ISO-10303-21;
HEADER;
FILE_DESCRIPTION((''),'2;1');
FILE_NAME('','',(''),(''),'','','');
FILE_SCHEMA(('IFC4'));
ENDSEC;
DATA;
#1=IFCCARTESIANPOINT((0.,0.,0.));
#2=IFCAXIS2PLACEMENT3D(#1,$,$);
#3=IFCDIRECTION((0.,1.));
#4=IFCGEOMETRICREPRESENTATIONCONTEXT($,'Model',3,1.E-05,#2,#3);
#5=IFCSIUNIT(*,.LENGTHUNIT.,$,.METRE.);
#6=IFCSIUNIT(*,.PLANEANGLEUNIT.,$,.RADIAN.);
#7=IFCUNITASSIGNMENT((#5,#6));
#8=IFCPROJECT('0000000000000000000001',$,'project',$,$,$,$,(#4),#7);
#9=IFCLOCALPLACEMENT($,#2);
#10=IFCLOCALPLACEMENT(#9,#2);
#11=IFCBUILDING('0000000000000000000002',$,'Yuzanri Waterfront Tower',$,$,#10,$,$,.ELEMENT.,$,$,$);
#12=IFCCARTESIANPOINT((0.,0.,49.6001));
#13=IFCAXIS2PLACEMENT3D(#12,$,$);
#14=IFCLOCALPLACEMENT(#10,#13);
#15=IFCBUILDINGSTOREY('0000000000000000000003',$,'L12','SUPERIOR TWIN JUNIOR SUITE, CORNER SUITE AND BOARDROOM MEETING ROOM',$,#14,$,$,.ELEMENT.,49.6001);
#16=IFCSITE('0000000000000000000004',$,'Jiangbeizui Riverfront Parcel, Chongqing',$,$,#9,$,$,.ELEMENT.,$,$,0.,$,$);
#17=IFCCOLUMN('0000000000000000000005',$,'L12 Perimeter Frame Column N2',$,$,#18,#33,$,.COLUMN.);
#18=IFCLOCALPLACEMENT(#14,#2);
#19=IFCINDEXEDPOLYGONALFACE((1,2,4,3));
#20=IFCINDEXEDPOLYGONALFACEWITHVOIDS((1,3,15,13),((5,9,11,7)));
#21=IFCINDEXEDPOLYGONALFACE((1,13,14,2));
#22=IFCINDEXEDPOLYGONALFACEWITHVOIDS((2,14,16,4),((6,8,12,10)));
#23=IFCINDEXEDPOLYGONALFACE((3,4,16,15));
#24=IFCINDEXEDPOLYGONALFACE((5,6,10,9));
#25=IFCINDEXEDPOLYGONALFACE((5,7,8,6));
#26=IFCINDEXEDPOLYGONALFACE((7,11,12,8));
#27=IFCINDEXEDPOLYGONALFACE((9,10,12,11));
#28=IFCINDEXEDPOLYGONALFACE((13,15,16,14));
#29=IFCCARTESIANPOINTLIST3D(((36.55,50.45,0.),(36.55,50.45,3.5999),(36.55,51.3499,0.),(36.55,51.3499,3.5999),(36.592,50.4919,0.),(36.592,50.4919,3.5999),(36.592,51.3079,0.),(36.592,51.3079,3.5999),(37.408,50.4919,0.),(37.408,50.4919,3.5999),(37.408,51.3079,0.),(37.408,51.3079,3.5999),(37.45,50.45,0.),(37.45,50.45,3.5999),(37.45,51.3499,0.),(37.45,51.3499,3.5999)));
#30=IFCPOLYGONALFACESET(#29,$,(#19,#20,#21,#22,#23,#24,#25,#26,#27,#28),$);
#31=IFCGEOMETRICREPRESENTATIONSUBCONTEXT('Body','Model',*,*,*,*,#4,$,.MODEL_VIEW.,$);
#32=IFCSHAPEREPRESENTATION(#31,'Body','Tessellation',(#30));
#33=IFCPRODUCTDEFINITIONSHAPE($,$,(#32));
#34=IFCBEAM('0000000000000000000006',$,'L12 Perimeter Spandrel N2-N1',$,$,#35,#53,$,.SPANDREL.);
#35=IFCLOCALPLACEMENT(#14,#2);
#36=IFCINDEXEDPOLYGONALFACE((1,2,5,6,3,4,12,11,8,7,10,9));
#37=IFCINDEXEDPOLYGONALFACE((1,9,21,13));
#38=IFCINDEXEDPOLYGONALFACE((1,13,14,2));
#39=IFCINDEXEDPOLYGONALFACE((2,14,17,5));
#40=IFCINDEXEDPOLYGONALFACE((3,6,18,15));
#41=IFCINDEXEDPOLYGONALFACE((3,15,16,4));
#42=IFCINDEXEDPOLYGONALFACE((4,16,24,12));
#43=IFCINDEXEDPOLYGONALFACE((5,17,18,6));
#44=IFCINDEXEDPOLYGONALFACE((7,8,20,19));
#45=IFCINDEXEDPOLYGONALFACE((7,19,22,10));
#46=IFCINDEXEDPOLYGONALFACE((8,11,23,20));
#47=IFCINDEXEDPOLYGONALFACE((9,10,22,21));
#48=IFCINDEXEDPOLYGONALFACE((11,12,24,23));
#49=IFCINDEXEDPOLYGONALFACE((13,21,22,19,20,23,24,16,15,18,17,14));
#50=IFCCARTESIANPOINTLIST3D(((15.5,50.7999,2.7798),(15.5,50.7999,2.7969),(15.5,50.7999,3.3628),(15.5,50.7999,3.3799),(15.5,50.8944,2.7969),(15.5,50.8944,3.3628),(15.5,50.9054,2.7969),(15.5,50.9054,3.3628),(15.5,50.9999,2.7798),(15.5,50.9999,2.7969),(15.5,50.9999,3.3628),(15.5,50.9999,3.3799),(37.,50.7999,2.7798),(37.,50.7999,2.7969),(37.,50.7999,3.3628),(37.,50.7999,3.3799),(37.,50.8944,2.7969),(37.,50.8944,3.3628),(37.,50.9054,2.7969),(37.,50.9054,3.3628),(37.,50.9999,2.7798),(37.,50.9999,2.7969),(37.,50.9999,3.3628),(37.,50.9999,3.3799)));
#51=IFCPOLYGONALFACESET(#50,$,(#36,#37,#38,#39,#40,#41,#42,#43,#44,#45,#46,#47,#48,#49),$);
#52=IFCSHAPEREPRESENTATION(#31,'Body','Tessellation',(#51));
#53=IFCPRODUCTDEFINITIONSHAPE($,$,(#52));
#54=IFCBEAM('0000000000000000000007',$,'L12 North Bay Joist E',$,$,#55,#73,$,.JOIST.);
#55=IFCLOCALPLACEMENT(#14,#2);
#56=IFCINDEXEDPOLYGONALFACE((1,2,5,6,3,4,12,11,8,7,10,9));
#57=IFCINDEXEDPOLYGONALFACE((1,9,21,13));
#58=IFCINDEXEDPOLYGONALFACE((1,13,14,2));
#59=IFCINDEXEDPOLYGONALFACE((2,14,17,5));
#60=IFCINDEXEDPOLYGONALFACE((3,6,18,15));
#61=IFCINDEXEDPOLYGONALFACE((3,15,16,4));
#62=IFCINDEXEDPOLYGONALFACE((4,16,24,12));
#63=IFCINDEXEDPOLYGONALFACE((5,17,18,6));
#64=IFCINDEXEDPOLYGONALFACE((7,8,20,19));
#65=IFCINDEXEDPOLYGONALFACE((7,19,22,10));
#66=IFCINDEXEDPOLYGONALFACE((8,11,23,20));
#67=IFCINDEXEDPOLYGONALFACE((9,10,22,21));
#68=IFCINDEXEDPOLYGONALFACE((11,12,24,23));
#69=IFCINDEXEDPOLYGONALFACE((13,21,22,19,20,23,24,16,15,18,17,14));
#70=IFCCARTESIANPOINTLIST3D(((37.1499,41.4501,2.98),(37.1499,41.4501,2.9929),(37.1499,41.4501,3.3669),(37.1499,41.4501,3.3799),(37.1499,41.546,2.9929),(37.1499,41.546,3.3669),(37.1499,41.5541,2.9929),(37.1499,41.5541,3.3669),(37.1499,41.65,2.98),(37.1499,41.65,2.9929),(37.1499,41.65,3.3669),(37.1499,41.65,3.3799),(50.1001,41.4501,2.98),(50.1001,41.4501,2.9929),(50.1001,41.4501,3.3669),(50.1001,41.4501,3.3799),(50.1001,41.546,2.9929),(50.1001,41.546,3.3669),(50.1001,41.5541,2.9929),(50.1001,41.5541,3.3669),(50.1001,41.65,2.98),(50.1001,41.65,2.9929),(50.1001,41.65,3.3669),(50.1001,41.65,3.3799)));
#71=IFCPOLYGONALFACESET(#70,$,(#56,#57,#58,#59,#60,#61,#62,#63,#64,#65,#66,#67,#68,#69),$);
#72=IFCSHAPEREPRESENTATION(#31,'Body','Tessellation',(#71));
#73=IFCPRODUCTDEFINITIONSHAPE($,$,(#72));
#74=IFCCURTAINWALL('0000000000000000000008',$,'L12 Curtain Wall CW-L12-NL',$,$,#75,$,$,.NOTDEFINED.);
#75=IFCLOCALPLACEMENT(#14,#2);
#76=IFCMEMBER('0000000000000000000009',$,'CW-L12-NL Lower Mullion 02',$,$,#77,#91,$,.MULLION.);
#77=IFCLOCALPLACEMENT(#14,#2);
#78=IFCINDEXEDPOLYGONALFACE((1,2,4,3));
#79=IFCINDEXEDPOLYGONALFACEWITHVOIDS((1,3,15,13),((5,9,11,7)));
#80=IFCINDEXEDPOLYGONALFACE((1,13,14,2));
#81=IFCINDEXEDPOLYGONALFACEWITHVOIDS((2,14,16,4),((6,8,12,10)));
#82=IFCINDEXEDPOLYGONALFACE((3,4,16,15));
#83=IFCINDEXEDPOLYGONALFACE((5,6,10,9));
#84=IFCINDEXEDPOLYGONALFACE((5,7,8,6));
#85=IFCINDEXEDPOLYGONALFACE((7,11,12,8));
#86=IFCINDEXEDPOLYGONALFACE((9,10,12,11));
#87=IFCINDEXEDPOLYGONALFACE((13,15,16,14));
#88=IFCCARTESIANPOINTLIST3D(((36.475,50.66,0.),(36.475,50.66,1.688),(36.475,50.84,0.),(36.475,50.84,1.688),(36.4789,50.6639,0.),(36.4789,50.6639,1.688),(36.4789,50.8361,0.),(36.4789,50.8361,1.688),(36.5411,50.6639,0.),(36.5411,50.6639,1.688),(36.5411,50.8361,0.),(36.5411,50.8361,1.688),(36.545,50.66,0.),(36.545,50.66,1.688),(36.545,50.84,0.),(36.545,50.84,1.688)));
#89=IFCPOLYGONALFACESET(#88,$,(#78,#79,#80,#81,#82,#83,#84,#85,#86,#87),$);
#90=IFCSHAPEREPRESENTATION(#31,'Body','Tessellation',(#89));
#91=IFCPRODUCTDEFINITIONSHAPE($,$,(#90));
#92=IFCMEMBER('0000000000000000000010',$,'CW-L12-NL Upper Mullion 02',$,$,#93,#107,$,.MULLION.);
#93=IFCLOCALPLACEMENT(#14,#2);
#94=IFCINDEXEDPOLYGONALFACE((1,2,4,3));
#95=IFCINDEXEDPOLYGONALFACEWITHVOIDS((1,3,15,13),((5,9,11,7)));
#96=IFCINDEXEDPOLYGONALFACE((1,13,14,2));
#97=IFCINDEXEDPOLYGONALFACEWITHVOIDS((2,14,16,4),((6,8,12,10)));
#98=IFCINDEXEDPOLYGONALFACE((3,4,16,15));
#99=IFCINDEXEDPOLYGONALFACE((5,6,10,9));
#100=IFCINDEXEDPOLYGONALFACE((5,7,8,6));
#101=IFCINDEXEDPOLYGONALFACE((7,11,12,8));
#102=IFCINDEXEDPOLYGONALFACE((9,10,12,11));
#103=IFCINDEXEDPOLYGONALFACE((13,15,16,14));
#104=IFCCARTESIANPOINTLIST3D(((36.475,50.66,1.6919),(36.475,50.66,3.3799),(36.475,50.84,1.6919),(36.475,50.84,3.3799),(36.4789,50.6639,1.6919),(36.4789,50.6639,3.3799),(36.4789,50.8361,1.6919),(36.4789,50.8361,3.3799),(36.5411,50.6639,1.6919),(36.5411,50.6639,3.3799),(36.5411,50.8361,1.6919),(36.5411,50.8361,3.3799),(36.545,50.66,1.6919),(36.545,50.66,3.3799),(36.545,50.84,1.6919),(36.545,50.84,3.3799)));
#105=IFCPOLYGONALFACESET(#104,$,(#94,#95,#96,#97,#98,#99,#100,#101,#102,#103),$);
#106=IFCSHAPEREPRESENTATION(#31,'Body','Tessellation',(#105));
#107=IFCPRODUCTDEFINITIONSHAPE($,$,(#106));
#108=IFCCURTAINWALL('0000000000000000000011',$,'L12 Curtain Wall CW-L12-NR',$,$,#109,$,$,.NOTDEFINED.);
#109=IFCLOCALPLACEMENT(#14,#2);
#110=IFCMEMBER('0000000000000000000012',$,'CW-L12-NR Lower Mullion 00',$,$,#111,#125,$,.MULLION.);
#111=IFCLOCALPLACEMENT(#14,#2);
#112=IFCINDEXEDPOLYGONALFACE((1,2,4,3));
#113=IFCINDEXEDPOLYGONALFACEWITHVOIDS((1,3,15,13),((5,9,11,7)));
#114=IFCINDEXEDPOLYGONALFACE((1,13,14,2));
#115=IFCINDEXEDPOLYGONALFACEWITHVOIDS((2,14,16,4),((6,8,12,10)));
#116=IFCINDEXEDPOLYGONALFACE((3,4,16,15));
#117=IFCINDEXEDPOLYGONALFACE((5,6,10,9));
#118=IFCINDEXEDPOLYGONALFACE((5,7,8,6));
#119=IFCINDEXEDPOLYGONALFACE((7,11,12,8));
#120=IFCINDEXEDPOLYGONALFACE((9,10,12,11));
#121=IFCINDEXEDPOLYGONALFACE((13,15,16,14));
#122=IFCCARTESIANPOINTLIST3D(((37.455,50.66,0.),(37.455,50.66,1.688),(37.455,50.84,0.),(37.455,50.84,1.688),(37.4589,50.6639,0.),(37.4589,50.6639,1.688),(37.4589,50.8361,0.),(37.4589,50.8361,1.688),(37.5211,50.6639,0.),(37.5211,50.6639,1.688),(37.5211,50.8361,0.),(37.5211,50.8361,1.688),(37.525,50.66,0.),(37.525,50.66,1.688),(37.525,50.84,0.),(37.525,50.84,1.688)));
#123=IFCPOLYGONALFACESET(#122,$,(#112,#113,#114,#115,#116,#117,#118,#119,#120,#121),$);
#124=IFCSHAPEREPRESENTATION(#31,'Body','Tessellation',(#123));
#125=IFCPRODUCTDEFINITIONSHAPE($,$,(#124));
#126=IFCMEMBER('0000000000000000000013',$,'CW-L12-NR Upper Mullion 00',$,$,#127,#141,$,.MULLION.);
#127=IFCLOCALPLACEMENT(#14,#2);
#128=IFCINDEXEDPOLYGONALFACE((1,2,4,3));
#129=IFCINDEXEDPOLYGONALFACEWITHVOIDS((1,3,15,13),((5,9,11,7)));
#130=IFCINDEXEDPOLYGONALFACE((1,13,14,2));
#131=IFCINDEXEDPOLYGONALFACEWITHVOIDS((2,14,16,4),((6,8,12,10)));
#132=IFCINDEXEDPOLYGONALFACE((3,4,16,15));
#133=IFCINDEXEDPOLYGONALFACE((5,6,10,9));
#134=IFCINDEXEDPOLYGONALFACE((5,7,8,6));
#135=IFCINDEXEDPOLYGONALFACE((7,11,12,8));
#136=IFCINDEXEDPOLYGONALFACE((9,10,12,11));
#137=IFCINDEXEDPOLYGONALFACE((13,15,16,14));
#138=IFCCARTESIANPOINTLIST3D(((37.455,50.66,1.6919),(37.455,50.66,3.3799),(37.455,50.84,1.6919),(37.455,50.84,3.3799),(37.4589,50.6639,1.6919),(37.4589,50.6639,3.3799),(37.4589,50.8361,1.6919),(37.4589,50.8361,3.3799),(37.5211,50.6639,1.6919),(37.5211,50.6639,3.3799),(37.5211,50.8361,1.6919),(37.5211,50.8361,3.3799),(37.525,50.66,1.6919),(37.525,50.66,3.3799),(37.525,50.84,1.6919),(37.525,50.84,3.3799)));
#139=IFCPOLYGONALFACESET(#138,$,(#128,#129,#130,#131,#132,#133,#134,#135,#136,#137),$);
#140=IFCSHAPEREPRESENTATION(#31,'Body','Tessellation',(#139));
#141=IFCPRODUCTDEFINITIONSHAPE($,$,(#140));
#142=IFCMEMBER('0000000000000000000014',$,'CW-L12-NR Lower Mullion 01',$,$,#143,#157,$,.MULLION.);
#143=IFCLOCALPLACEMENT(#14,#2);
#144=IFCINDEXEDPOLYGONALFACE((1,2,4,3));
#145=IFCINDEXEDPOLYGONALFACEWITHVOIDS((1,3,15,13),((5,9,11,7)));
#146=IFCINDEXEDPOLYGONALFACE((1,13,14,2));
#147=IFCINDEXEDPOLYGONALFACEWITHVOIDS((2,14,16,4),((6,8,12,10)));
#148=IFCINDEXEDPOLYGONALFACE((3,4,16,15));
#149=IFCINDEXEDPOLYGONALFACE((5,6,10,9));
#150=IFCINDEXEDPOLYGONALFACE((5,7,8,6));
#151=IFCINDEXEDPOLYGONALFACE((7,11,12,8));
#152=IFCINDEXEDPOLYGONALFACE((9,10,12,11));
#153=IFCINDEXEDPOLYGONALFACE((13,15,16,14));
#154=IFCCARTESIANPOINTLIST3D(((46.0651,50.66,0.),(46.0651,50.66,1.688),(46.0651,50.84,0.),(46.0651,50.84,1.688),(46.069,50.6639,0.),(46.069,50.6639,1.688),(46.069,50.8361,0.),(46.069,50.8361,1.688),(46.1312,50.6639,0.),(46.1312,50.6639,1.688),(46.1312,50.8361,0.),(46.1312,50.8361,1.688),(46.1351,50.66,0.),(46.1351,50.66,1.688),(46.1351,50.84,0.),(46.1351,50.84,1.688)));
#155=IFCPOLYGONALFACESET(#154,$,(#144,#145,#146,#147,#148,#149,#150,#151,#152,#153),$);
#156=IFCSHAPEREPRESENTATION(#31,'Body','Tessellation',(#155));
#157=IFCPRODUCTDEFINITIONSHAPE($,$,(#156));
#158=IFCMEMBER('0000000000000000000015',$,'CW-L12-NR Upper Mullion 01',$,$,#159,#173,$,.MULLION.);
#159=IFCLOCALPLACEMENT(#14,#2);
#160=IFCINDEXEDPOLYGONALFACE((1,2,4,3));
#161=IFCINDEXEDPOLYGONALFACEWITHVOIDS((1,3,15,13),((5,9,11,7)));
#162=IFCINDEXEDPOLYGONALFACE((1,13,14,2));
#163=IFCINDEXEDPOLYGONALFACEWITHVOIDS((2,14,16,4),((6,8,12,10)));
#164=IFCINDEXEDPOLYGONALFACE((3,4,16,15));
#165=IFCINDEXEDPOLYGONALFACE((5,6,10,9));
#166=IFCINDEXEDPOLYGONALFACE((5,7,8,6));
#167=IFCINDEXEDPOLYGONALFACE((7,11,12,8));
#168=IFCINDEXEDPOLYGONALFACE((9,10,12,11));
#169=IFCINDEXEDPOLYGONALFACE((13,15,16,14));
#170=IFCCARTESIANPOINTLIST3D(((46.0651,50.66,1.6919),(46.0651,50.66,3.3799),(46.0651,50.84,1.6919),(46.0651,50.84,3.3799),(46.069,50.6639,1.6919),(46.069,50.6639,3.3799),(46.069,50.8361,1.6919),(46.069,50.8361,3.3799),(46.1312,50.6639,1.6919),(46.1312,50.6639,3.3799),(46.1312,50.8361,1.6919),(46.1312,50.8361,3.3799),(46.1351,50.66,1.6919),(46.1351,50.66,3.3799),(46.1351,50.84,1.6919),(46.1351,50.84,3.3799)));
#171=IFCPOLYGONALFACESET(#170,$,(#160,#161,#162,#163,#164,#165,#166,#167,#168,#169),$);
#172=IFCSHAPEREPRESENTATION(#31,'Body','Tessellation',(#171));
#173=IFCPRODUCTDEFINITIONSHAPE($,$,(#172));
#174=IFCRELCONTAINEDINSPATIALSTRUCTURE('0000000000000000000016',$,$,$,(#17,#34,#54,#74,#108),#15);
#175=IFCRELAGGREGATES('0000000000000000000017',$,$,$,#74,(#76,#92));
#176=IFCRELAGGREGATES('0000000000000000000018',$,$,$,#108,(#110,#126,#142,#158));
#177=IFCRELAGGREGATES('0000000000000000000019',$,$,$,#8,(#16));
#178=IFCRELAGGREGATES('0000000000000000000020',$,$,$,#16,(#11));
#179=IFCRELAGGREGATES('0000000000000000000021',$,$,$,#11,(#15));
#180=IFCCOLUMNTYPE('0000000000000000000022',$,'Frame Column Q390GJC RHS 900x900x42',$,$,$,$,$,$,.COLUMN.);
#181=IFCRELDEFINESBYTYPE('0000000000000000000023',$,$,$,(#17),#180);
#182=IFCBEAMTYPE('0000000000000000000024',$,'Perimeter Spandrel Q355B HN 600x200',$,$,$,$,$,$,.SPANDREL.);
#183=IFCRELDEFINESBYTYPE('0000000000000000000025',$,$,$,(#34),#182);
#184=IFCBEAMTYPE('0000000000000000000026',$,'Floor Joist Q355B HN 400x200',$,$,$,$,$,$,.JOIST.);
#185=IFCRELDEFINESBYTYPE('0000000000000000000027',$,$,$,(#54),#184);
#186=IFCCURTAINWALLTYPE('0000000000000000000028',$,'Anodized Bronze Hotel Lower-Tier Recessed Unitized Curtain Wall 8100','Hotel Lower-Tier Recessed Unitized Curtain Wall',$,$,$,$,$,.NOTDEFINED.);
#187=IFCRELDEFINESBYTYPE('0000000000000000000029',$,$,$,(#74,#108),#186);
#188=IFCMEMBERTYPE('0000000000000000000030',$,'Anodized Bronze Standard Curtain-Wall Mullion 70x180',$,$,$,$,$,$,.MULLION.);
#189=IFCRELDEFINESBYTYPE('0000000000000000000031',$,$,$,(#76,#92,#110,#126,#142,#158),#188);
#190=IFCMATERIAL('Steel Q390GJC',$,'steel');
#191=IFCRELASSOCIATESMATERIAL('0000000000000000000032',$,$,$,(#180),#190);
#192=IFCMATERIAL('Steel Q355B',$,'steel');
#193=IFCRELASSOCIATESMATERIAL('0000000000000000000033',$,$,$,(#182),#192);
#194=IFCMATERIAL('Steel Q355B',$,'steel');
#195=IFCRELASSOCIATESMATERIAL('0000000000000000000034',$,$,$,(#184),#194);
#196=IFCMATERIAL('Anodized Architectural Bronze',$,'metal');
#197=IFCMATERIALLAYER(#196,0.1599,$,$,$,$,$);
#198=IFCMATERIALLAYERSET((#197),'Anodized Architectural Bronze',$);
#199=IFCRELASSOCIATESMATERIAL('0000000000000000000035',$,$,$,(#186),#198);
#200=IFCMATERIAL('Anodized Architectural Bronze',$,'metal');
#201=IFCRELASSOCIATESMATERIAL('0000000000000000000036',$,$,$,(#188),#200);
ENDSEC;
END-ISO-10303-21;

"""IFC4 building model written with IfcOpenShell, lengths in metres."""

from ifc_helpers import new_model, si_unit, direction, frame, origin, origin_2d, place, context, subcontext, project, spatial, hollow_rectangle, i_section, extrude, source, transform, mapped, material, layer, layer_set, material_profile, profile_set, type_object, element, aggregate, save


model = new_model("IFC4")

# Units and contexts
model_context = context("Model", 3, precision=1e-05, world=origin(), true_north=direction((0.0, 1.0)))
body_context = subcontext(model_context, "Body", "Model", "MODEL_VIEW")
ifc_project = project(units=[si_unit("LENGTHUNIT", "METRE"), si_unit("PLANEANGLEUNIT", "RADIAN")], contexts=[model_context])

# Site, building, storey
site_placement = place(None, origin())
site = spatial("IfcSite", under=ifc_project, at=site_placement, Name="Jiangbeizui Riverfront Parcel, Chongqing", CompositionType="ELEMENT", RefElevation=0.0)
building_placement = place(site_placement, origin())
building = spatial("IfcBuilding", under=site, at=building_placement, Name="Yuzanri Waterfront Tower", CompositionType="ELEMENT")
storey_placement = place(building_placement, frame((0.0, 0.0, 49.6001)))
storey = spatial("IfcBuildingStorey", under=building, at=storey_placement, Name="L12", Description="SUPERIOR TWIN JUNIOR SUITE, CORNER SUITE AND BOARDROOM MEETING ROOM", CompositionType="ELEMENT", Elevation=49.6001)

# Column
ifc_material_1 = material(Name="Steel Q390GJC", Category="steel")
ifc_material_profile_1 = material_profile(ifc_material_1, hollow_rectangle(XDim=0.8999, YDim=0.8999, WallThickness=0.042, at=origin_2d()), Name="RHS 900x900x42")
ifc_profile_set_1 = profile_set([ifc_material_profile_1], Name="Steel Q390GJC")
column_type = type_object("IfcColumnType", Name="Frame Column Q390GJC RHS 900x900x42", PredefinedType="COLUMN", material=ifc_profile_set_1)
shared_shape_1 = source(origin(), body_context, "Body", "SweptSolid", [
    extrude(hollow_rectangle(XDim=0.8999, YDim=0.8999, WallThickness=0.042, at=origin_2d()), origin(), (0.0, 0.0, 1.0), 3.5999),
])
column_placement = place(storey_placement, frame((37.0, 50.8999, 0.0), z_axis=(0.0, 0.0, 1.0), x_axis=(1.0, 0.0, 0.0)))
element("IfcColumn", 1, at=column_placement, inside=storey, type_object=column_type, Name="L12 Perimeter Frame Column N2", PredefinedType="COLUMN", context=body_context, shape_type="MappedRepresentation", body=[
    mapped(shared_shape_1, transform((0.0, 0.0, 0.0), scale=1.0)),
])

# Beams
ifc_material_2 = material(Name="Steel Q355B", Category="steel")
ifc_material_profile_2 = material_profile(ifc_material_2, i_section(OverallWidth=0.2, OverallDepth=0.6001, WebThickness=0.011, FlangeThickness=0.0171, at=origin_2d()), Name="HN 600x200x11x17")
ifc_profile_set_2 = profile_set([ifc_material_profile_2], Name="Steel Q355B")
beam_type_1 = type_object("IfcBeamType", Name="Perimeter Spandrel Q355B HN 600x200", PredefinedType="SPANDREL", material=ifc_profile_set_2)
shared_shape_2 = source(origin(), body_context, "Body", "SweptSolid", [
    extrude(i_section(OverallWidth=0.2, OverallDepth=0.6001, WebThickness=0.011, FlangeThickness=0.0171, at=origin_2d()), origin(), (0.0, 0.0, 1.0), 21.5),
])
beam_1_placement = place(storey_placement, frame((37.0, 50.8999, 3.0798), z_axis=(-1.0, 0.0, 0.0), x_axis=(0.0, -1.0, 0.0)))
element("IfcBeam", 2, at=beam_1_placement, inside=storey, type_object=beam_type_1, Name="L12 Perimeter Spandrel N2-N1", PredefinedType="SPANDREL", context=body_context, shape_type="MappedRepresentation", body=[
    mapped(shared_shape_2, transform((0.0, 0.0, 0.0), scale=1.0)),
])
ifc_material_3 = material(Name="Steel Q355B", Category="steel")
ifc_material_profile_3 = material_profile(ifc_material_3, i_section(OverallWidth=0.2, OverallDepth=0.3999, WebThickness=0.0081, FlangeThickness=0.0129, at=origin_2d()), Name="HN 400x200x8x13")
ifc_profile_set_3 = profile_set([ifc_material_profile_3], Name="Steel Q355B")
beam_type_2 = type_object("IfcBeamType", Name="Floor Joist Q355B HN 400x200", PredefinedType="JOIST", material=ifc_profile_set_3)
shared_shape_3 = source(origin(), body_context, "Body", "SweptSolid", [
    extrude(i_section(OverallWidth=0.2, OverallDepth=0.3999, WebThickness=0.0081, FlangeThickness=0.0129, at=origin_2d()), origin(), (0.0, 0.0, 1.0), 12.9502),
])
beam_2_placement = place(storey_placement, frame((37.1499, 41.55, 3.1799), z_axis=(1.0, 0.0, 0.0), x_axis=(0.0, 1.0, 0.0)))
element("IfcBeam", 3, at=beam_2_placement, inside=storey, type_object=beam_type_2, Name="L12 North Bay Joist E", PredefinedType="JOIST", context=body_context, shape_type="MappedRepresentation", body=[
    mapped(shared_shape_3, transform((0.0, 0.0, 0.0), scale=1.0)),
])

# Curtain wall, members
ifc_material_4 = material(Name="Anodized Architectural Bronze", Category="metal")
ifc_layer_1 = layer(ifc_material_4, 0.1599)
ifc_layer_set_1 = layer_set([ifc_layer_1], Name="Anodized Architectural Bronze")
curtain_wall_type = type_object("IfcCurtainWallType", Name="Anodized Bronze Hotel Lower-Tier Recessed Unitized Curtain Wall 8100", Description="Hotel Lower-Tier Recessed Unitized Curtain Wall", PredefinedType="NOTDEFINED", material=ifc_layer_set_1)
curtain_wall_1_placement = place(storey_placement, origin())
curtain_wall_1 = element("IfcCurtainWall", 4, at=curtain_wall_1_placement, inside=storey, type_object=curtain_wall_type, Name="L12 Curtain Wall CW-L12-NL", PredefinedType="NOTDEFINED")
ifc_material_5 = material(Name="Anodized Architectural Bronze", Category="metal")
ifc_material_profile_4 = material_profile(ifc_material_5, hollow_rectangle(XDim=0.0701, YDim=0.1799, WallThickness=0.0039, at=origin_2d()), Name="CWM 70x180")
ifc_profile_set_4 = profile_set([ifc_material_profile_4], Name="Anodized Architectural Bronze")
member_type_1 = type_object("IfcMemberType", Name="Anodized Bronze Standard Curtain-Wall Mullion 70x180", PredefinedType="MULLION", material=ifc_profile_set_4)
shared_shape_4 = source(origin(), body_context, "Body", "SweptSolid", [
    extrude(hollow_rectangle(XDim=0.0701, YDim=0.1799, WallThickness=0.0039, at=origin_2d()), origin(), (0.0, 0.0, 1.0), 1.688),
])
member_1_placement = place(storey_placement, frame((36.51, 50.75, 0.0), z_axis=(0.0, 0.0, 1.0), x_axis=(1.0, 0.0, 0.0)))
member_1 = element("IfcMember", 5, at=member_1_placement, type_object=member_type_1, Name="CW-L12-NL Lower Mullion 02", PredefinedType="MULLION", context=body_context, shape_type="MappedRepresentation", body=[
    mapped(shared_shape_4, transform((0.0, 0.0, 0.0), scale=1.0)),
])
member_2_placement = place(storey_placement, frame((36.51, 50.75, 1.6919), z_axis=(0.0, 0.0, 1.0), x_axis=(1.0, 0.0, 0.0)))
member_2 = element("IfcMember", 6, at=member_2_placement, type_object=member_type_1, Name="CW-L12-NL Upper Mullion 02", PredefinedType="MULLION", context=body_context, shape_type="MappedRepresentation", body=[
    mapped(shared_shape_4, transform((0.0, 0.0, 0.0), scale=1.0)),
])
aggregate(curtain_wall_1, [member_1, member_2])

# Curtain wall, members
curtain_wall_2_placement = place(storey_placement, origin())
curtain_wall_2 = element("IfcCurtainWall", 7, at=curtain_wall_2_placement, inside=storey, type_object=curtain_wall_type, Name="L12 Curtain Wall CW-L12-NR", PredefinedType="NOTDEFINED")
member_3_placement = place(storey_placement, frame((37.49, 50.75, 0.0), z_axis=(0.0, 0.0, 1.0), x_axis=(1.0, 0.0, 0.0)))
member_3 = element("IfcMember", 8, at=member_3_placement, type_object=member_type_1, Name="CW-L12-NR Lower Mullion 00", PredefinedType="MULLION", context=body_context, shape_type="MappedRepresentation", body=[
    mapped(shared_shape_4, transform((0.0, 0.0, 0.0), scale=1.0)),
])
member_4_placement = place(storey_placement, frame((37.49, 50.75, 1.6919), z_axis=(0.0, 0.0, 1.0), x_axis=(1.0, 0.0, 0.0)))
member_4 = element("IfcMember", 9, at=member_4_placement, type_object=member_type_1, Name="CW-L12-NR Upper Mullion 00", PredefinedType="MULLION", context=body_context, shape_type="MappedRepresentation", body=[
    mapped(shared_shape_4, transform((0.0, 0.0, 0.0), scale=1.0)),
])
member_5_placement = place(storey_placement, frame((46.1001, 50.75, 0.0), z_axis=(0.0, 0.0, 1.0), x_axis=(1.0, 0.0, 0.0)))
member_5 = element("IfcMember", 10, at=member_5_placement, type_object=member_type_1, Name="CW-L12-NR Lower Mullion 01", PredefinedType="MULLION", context=body_context, shape_type="MappedRepresentation", body=[
    mapped(shared_shape_4, transform((0.0, 0.0, 0.0), scale=1.0)),
])
member_6_placement = place(storey_placement, frame((46.1001, 50.75, 1.6919), z_axis=(0.0, 0.0, 1.0), x_axis=(1.0, 0.0, 0.0)))
member_6 = element("IfcMember", 11, at=member_6_placement, type_object=member_type_1, Name="CW-L12-NR Upper Mullion 01", PredefinedType="MULLION", context=body_context, shape_type="MappedRepresentation", body=[
    mapped(shared_shape_4, transform((0.0, 0.0, 0.0), scale=1.0)),
])
aggregate(curtain_wall_2, [member_3, member_4, member_5, member_6])

save(model, "model.ifc")
